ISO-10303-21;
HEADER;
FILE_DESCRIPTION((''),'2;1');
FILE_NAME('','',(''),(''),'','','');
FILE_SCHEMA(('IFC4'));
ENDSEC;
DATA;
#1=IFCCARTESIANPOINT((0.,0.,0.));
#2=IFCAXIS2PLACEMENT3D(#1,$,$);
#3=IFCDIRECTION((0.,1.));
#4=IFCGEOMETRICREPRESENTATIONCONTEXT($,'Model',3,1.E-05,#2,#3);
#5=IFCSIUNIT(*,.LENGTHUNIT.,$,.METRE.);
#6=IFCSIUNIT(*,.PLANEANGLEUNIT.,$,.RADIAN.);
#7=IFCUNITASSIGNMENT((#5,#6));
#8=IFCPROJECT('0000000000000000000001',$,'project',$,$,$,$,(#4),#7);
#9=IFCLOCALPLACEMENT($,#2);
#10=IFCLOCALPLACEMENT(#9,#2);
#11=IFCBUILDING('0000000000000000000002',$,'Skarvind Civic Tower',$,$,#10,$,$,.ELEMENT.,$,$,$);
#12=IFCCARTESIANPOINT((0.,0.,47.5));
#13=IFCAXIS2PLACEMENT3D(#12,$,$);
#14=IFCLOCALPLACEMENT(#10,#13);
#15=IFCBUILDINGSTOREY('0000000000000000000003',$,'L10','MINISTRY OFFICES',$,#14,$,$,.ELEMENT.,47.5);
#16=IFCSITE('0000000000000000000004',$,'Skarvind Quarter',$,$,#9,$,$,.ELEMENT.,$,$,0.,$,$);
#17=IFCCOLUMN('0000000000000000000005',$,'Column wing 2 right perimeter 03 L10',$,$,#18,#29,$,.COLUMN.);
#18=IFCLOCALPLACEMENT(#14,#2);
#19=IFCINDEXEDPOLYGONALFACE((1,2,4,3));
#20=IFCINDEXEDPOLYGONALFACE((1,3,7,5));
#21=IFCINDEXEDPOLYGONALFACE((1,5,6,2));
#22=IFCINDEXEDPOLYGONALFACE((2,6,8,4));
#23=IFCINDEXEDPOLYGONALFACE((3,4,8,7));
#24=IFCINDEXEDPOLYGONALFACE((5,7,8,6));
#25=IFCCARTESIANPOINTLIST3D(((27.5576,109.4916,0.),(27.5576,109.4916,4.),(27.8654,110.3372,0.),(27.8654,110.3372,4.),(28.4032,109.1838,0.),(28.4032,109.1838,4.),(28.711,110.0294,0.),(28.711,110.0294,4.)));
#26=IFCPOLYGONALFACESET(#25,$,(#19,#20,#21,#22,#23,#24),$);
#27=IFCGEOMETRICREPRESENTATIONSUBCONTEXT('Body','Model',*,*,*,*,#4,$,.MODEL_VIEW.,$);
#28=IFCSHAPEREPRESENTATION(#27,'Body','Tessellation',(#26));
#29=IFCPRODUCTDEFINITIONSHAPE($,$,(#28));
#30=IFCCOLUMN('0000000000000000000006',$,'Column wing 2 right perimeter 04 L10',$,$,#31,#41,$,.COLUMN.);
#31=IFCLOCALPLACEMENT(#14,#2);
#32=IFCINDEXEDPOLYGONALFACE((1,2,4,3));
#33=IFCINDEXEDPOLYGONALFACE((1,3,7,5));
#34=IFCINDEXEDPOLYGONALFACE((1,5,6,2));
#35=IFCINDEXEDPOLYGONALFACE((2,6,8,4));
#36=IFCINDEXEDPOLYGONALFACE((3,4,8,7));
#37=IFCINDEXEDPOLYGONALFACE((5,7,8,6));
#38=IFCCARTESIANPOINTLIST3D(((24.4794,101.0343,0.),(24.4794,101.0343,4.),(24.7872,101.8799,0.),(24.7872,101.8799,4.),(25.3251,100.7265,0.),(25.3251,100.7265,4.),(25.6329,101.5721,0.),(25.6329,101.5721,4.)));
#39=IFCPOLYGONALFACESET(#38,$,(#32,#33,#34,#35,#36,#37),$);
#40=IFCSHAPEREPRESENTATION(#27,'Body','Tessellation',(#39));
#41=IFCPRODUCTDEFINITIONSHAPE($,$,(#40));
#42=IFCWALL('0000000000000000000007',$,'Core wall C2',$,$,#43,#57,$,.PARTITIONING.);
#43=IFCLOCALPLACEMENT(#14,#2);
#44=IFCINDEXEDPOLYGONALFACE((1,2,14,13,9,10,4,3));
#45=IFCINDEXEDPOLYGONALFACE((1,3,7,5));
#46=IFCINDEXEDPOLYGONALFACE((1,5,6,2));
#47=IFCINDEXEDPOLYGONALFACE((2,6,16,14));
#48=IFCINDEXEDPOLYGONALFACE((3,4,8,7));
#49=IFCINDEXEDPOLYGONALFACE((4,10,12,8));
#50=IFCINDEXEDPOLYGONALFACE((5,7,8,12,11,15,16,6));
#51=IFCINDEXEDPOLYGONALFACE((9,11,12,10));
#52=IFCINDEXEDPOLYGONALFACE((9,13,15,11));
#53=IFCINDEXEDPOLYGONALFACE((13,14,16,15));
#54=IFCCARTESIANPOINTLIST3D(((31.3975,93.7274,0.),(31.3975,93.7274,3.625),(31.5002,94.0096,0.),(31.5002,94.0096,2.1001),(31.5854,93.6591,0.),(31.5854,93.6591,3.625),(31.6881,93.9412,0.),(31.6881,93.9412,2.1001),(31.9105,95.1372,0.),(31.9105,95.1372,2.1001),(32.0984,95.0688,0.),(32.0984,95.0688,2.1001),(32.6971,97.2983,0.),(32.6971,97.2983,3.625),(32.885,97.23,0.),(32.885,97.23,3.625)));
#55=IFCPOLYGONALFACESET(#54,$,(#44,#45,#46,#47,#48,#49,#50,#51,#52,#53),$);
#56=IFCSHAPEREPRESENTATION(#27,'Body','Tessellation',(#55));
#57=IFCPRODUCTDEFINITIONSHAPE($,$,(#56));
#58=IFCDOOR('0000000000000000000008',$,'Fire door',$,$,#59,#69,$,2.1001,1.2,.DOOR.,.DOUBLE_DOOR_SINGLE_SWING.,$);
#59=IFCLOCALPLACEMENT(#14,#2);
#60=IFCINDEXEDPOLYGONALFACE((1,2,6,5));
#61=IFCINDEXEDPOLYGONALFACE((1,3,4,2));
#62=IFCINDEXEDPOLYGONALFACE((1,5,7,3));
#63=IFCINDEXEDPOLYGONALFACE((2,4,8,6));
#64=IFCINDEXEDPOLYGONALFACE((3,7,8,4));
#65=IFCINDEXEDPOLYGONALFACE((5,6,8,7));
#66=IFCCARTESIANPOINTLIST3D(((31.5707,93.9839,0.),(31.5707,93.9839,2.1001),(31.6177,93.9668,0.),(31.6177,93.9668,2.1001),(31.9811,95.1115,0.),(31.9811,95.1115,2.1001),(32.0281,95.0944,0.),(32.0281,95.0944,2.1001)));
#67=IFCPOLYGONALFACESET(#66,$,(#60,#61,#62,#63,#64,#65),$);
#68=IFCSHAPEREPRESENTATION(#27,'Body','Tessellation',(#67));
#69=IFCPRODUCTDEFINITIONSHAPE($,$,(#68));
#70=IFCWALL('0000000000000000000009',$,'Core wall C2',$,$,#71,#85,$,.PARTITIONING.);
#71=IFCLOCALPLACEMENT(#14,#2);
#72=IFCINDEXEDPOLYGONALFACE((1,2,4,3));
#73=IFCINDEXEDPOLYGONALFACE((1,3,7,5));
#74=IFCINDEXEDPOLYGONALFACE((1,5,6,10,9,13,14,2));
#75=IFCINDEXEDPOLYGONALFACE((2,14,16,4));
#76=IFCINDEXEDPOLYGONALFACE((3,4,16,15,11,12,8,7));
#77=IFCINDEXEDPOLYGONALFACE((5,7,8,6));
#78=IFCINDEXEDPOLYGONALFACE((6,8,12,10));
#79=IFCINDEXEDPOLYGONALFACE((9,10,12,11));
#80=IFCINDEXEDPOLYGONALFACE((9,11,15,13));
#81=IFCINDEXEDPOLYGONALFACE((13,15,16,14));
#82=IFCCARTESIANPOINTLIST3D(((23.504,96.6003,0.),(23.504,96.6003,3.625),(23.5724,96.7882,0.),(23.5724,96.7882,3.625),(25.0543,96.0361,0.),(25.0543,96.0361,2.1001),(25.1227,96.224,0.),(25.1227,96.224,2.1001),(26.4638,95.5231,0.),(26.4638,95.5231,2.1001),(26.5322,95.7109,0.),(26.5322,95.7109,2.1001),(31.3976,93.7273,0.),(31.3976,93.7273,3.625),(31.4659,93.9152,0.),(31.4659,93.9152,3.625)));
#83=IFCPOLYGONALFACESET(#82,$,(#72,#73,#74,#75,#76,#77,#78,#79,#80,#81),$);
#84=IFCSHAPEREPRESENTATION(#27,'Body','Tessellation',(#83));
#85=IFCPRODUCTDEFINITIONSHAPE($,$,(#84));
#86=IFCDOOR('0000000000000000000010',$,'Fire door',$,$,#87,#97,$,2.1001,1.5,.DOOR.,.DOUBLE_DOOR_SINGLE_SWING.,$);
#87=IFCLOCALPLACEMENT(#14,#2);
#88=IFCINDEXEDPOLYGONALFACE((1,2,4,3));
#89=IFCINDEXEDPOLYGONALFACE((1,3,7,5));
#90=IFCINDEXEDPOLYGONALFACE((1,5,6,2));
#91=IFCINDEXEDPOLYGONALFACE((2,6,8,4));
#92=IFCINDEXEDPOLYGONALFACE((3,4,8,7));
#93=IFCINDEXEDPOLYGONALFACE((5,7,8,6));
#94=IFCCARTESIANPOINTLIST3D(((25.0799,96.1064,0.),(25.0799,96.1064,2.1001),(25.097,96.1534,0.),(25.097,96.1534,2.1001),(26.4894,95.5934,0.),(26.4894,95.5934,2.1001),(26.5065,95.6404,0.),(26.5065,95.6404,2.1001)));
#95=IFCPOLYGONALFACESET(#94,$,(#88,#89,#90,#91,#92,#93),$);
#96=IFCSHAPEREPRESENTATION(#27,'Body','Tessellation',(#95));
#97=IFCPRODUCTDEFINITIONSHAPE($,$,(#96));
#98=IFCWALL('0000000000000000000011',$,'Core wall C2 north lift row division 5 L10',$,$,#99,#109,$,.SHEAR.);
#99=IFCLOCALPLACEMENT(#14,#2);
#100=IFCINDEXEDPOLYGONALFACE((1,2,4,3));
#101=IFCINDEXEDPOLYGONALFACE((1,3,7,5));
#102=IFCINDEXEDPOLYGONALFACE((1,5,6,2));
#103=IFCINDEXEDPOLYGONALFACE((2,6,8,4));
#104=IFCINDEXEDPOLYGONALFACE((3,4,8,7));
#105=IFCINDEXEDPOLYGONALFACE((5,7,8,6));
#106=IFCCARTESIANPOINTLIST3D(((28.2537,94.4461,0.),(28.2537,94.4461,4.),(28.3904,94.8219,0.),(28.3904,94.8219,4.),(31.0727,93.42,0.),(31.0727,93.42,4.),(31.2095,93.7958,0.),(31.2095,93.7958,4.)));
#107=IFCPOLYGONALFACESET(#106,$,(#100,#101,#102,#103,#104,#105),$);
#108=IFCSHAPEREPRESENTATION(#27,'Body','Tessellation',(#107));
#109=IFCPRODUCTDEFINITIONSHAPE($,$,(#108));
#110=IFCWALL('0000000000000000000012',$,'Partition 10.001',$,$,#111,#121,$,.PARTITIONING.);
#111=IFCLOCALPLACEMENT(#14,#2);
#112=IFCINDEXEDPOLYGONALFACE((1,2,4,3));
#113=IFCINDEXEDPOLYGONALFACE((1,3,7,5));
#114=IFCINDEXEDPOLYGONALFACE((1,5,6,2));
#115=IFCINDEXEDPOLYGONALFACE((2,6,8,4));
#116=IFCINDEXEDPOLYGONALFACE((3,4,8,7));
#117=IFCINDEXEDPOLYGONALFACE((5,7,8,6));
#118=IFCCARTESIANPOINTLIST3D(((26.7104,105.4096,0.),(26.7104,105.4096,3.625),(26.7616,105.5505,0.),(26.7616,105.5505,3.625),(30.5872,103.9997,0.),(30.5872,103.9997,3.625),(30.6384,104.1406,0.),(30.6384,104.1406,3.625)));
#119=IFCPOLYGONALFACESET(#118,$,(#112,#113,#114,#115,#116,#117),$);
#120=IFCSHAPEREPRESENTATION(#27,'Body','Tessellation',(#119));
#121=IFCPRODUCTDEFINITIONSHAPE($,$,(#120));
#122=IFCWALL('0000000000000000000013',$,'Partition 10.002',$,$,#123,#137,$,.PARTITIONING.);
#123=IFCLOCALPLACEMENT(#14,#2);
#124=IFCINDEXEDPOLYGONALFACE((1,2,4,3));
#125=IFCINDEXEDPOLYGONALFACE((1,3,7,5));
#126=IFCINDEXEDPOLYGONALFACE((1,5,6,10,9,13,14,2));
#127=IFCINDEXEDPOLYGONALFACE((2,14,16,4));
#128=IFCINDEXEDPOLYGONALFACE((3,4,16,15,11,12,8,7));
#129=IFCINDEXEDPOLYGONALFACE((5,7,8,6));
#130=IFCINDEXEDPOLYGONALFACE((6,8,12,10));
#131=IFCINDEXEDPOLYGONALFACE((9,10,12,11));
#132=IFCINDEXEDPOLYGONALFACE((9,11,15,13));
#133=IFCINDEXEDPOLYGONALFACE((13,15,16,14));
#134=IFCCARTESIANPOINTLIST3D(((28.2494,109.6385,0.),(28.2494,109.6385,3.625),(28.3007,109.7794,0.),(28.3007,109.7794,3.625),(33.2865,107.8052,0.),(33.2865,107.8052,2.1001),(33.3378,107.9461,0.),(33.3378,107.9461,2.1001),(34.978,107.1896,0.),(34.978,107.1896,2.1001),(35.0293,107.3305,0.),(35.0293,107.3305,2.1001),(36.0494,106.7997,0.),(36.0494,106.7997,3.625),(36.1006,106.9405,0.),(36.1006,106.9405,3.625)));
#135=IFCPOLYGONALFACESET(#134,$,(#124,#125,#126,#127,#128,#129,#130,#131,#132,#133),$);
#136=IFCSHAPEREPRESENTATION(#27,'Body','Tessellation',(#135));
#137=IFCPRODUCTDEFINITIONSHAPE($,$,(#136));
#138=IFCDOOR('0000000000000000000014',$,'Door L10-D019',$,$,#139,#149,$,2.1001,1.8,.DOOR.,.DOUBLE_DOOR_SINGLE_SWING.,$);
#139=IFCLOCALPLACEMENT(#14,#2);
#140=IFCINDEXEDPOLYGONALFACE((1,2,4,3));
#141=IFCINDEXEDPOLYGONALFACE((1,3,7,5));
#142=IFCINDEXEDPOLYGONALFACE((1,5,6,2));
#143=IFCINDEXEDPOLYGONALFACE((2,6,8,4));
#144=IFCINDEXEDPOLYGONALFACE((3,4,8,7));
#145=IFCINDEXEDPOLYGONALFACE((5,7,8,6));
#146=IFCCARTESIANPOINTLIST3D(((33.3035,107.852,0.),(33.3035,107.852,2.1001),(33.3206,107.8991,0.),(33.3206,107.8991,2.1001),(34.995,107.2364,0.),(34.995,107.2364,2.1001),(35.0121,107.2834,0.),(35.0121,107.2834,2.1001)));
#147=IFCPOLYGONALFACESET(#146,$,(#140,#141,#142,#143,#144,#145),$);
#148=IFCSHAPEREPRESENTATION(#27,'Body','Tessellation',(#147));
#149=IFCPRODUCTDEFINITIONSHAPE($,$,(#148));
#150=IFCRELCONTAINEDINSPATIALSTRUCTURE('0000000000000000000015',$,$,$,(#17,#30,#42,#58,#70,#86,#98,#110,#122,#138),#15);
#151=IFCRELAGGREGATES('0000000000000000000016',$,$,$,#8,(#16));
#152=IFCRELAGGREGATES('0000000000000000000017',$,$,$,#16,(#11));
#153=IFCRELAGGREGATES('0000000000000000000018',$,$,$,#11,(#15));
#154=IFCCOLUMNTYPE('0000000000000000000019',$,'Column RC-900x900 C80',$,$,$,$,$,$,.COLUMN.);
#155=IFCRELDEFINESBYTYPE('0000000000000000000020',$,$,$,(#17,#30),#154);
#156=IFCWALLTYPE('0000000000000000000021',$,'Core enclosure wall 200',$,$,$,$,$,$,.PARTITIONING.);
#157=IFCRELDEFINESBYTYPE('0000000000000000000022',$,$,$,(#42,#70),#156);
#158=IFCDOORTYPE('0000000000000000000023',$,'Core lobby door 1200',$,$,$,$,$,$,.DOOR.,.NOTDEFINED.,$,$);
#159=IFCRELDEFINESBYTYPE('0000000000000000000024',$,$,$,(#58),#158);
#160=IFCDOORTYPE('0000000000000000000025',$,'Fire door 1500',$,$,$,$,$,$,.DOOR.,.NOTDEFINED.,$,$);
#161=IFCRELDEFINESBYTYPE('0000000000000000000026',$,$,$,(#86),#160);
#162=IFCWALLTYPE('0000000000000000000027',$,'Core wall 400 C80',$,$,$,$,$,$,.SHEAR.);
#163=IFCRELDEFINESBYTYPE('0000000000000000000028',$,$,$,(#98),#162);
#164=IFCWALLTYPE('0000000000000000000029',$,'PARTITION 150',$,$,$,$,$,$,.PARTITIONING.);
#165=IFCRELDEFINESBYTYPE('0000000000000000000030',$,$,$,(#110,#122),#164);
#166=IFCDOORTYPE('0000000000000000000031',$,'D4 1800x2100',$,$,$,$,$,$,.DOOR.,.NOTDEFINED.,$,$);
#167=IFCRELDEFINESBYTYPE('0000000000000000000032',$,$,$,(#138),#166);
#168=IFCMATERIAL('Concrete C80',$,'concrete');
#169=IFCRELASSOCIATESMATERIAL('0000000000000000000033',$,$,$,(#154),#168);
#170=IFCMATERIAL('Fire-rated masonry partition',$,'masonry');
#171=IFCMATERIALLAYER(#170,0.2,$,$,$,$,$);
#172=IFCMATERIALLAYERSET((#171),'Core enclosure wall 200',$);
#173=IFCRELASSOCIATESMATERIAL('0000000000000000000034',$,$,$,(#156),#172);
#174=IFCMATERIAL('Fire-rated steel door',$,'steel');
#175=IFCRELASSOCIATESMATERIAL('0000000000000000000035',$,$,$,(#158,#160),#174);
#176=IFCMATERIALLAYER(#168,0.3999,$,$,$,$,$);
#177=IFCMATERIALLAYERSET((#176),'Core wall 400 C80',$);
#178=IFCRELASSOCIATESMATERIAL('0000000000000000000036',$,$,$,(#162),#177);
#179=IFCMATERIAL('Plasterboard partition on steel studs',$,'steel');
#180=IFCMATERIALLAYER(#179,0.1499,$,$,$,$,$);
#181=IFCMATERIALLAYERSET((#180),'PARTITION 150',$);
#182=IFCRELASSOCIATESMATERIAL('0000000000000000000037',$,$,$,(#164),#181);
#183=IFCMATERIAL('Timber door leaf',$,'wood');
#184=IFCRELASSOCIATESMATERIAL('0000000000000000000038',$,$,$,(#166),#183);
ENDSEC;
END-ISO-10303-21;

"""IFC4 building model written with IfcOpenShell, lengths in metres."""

from ifc_helpers import new_model, si_unit, direction, frame, frame_2d, origin, origin_2d, place, context, subcontext, project, spatial, rectangle, extrude, material, layer, layer_set, material_profile, profile_set, type_object, element, fill, save


model = new_model("IFC4")

# Units and contexts
model_context = context("Model", 3, precision=1e-05, world=origin(), true_north=direction((0.0, 1.0)))
body_context = subcontext(model_context, "Body", "Model", "MODEL_VIEW")
ifc_project = project(units=[si_unit("LENGTHUNIT", "METRE"), si_unit("PLANEANGLEUNIT", "RADIAN")], contexts=[model_context])

# Site, building, storey
site_placement = place(None, origin())
site = spatial("IfcSite", under=ifc_project, at=site_placement, Name="Skarvind Quarter", CompositionType="ELEMENT", RefElevation=0.0)
building_placement = place(site_placement, origin())
building = spatial("IfcBuilding", under=site, at=building_placement, Name="Skarvind Civic Tower", CompositionType="ELEMENT")
storey_placement = place(building_placement, frame((0.0, 0.0, 47.5)))
storey = spatial("IfcBuildingStorey", under=building, at=storey_placement, Name="L10", Description="MINISTRY OFFICES", CompositionType="ELEMENT", Elevation=47.5)

# Columns
ifc_material_1 = material(Name="Concrete C80", Category="concrete")
ifc_material_profile = material_profile(ifc_material_1, rectangle(XDim=0.8999, YDim=0.8999, at=origin_2d()), Name="RC-900x900")
ifc_profile_set = profile_set([ifc_material_profile], Name="Concrete C80")
column_type = type_object("IfcColumnType", Name="Column RC-900x900 C80", PredefinedType="COLUMN", material=ifc_profile_set)
for number, where, z_axis, x_axis, name in (
    (1, (28.1343, 109.7605, 0.0), (0.0, 0.0, 1.0), (-0.34202, -0.939693, 0.0), "Column wing 2 right perimeter 03 L10"),
    (2, (25.0562, 101.3032, 0.0), (0.0, 0.0, 1.0), (-0.34202, -0.939693, 0.0), "Column wing 2 right perimeter 04 L10"),
):
    element("IfcColumn", number, at=place(storey_placement, frame(where, z_axis=z_axis, x_axis=x_axis)), inside=storey, type_object=column_type, Name=name, PredefinedType="COLUMN", context=body_context, shape_type="SweptSolid", body=[
        extrude(rectangle(XDim=0.8999, YDim=0.8999, at=origin_2d()), origin(), (0.0, 0.0, 1.0), 4.0),
    ])

# Walls, openings, doors
ifc_material_2 = material(Name="Fire-rated masonry partition", Category="masonry")
ifc_layer_1 = layer(ifc_material_2, 0.2)
ifc_layer_set_1 = layer_set([ifc_layer_1], Name="Core enclosure wall 200")
wall_type_1 = type_object("IfcWallType", Name="Core enclosure wall 200", PredefinedType="PARTITIONING", material=ifc_layer_set_1)
wall_1_placement = place(storey_placement, frame((31.4915, 93.6934, 0.0), z_axis=(0.0, 0.0, 1.0), x_axis=(0.341996, 0.939701, 0.0)))
wall_1 = element("IfcWall", 3, at=wall_1_placement, inside=storey, type_object=wall_type_1, Name="Core wall C2", PredefinedType="PARTITIONING", context=body_context, shape_type="SweptSolid", body=[
    extrude(rectangle(XDim=3.8, YDim=0.2, at=frame_2d((1.8999, 0.0))), origin(), (0.0, 0.0, 1.0), 3.625),
])
opening_1_placement = place(wall_1_placement, frame((0.3, 0.0, 0.0)))
opening_1 = element("IfcOpeningElement", 4, at=opening_1_placement, cuts=wall_1, PredefinedType="OPENING", context=body_context, shape_type="SweptSolid", body=[
    extrude(rectangle(XDim=1.2, YDim=2.1001, at=frame_2d((0.6001, 1.05))), frame((0.0, 0.1099, 0.0), z_axis=(0.0, -1.0, 0.0), x_axis=(1.0, 0.0, 0.0)), (0.0, 0.0, 1.0), 0.22),
])
ifc_material_3 = material(Name="Fire-rated steel door", Category="steel")
door_type_1 = type_object("IfcDoorType", Name="Core lobby door 1200", OperationType="NOTDEFINED", PredefinedType="DOOR", material=ifc_material_3)
door_1_placement = place(opening_1_placement, origin())
door_1 = element("IfcDoor", 5, at=door_1_placement, inside=storey, type_object=door_type_1, Name="Fire door", OperationType="DOUBLE_DOOR_SINGLE_SWING", OverallHeight=2.1001, OverallWidth=1.2, PredefinedType="DOOR", context=body_context, shape_type="SweptSolid", body=[
    extrude(rectangle(XDim=1.2, YDim=2.1001, at=frame_2d((0.6001, 1.05))), frame((0.0, 0.0249, 0.0), z_axis=(0.0, -1.0, 0.0), x_axis=(1.0, 0.0, 0.0)), (0.0, 0.0, 1.0), 0.05),
])
fill(opening_1, door_1)
wall_2_placement = place(storey_placement, frame((23.5381, 96.6943, 0.0), z_axis=(0.0, 0.0, 1.0), x_axis=(0.939692, -0.342023, 0.0)))
wall_2 = element("IfcWall", 6, at=wall_2_placement, inside=storey, type_object=wall_type_1, Name="Core wall C2", PredefinedType="PARTITIONING", context=body_context, shape_type="SweptSolid", body=[
    extrude(rectangle(XDim=8.4001, YDim=0.2, at=frame_2d((4.2002, 0.0))), origin(), (0.0, 0.0, 1.0), 3.625),
])
opening_2_placement = place(wall_2_placement, frame((1.6499, 0.0, 0.0)))
opening_2 = element("IfcOpeningElement", 7, at=opening_2_placement, cuts=wall_2, PredefinedType="OPENING", context=body_context, shape_type="SweptSolid", body=[
    extrude(rectangle(XDim=1.5, YDim=2.1001, at=frame_2d((0.75, 1.05))), frame((0.0, 0.1099, 0.0), z_axis=(0.0, -1.0, 0.0), x_axis=(1.0, 0.0, 0.0)), (0.0, 0.0, 1.0), 0.22),
])
door_type_2 = type_object("IfcDoorType", Name="Fire door 1500", OperationType="NOTDEFINED", PredefinedType="DOOR", material=ifc_material_3)
door_2_placement = place(opening_2_placement, origin())
door_2 = element("IfcDoor", 8, at=door_2_placement, inside=storey, type_object=door_type_2, Name="Fire door", OperationType="DOUBLE_DOOR_SINGLE_SWING", OverallHeight=2.1001, OverallWidth=1.5, PredefinedType="DOOR", context=body_context, shape_type="SweptSolid", body=[
    extrude(rectangle(XDim=1.5, YDim=2.1001, at=frame_2d((0.75, 1.05))), frame((0.0, 0.0249, 0.0), z_axis=(0.0, -1.0, 0.0), x_axis=(1.0, 0.0, 0.0)), (0.0, 0.0, 1.0), 0.05),
])
fill(opening_2, door_2)

# Walls
ifc_layer_2 = layer(ifc_material_1, 0.3999)
ifc_layer_set_2 = layer_set([ifc_layer_2], Name="Core wall 400 C80")
wall_type_2 = type_object("IfcWallType", Name="Core wall 400 C80", PredefinedType="SHEAR", material=ifc_layer_set_2)
wall_3_placement = place(storey_placement, frame((31.1411, 93.6079, 0.0), z_axis=(0.0, 0.0, 1.0), x_axis=(-0.939686, 0.342037, 0.0)))
element("IfcWall", 9, at=wall_3_placement, inside=storey, type_object=wall_type_2, Name="Core wall C2 north lift row division 5 L10", PredefinedType="SHEAR", context=body_context, shape_type="SweptSolid", body=[
    extrude(rectangle(XDim=3.0, YDim=0.3999, at=frame_2d((1.5, 0.0))), origin(), (0.0, 0.0, 1.0), 4.0),
])
ifc_material_4 = material(Name="Plasterboard partition on steel studs", Category="steel")
ifc_layer_3 = layer(ifc_material_4, 0.1499)
ifc_layer_set_3 = layer_set([ifc_layer_3], Name="PARTITION 150")
wall_type_3 = type_object("IfcWallType", Name="PARTITION 150", PredefinedType="PARTITIONING", material=ifc_layer_set_3)
wall_4_placement = place(storey_placement, frame((26.7361, 105.48, 0.0), z_axis=(0.0, 0.0, 1.0), x_axis=(0.939785, -0.341767, 0.0)))
element("IfcWall", 10, at=wall_4_placement, inside=storey, type_object=wall_type_3, Name="Partition 10.001", PredefinedType="PARTITIONING", context=body_context, shape_type="SweptSolid", body=[
    extrude(rectangle(XDim=4.1252, YDim=0.1499, at=frame_2d((2.0625, 0.0))), origin(), (0.0, 0.0, 1.0), 3.625),
])

# Wall, opening, door
wall_5_placement = place(storey_placement, frame((28.2749, 109.709, 0.0), z_axis=(0.0, 0.0, 1.0), x_axis=(0.939697, -0.342008, 0.0)))
wall_5 = element("IfcWall", 11, at=wall_5_placement, inside=storey, type_object=wall_type_3, Name="Partition 10.002", PredefinedType="PARTITIONING", context=body_context, shape_type="SweptSolid", body=[
    extrude(rectangle(XDim=8.3005, YDim=0.1499, at=frame_2d((4.1504, 0.0))), origin(), (0.0, 0.0, 1.0), 3.625),
])
opening_3_placement = place(wall_5_placement, frame((5.3606, 0.0, 0.0)))
opening_3 = element("IfcOpeningElement", 12, at=opening_3_placement, cuts=wall_5, PredefinedType="OPENING", context=body_context, shape_type="SweptSolid", body=[
    extrude(rectangle(XDim=1.8, YDim=2.1001, at=frame_2d((0.8999, 1.05))), frame((0.0, 0.085, 0.0), z_axis=(0.0, -1.0, 0.0), x_axis=(1.0, 0.0, 0.0)), (0.0, 0.0, 1.0), 0.1699),
])
ifc_material_5 = material(Name="Timber door leaf", Category="wood")
door_type_3 = type_object("IfcDoorType", Name="D4 1800x2100", OperationType="NOTDEFINED", PredefinedType="DOOR", material=ifc_material_5)
door_3_placement = place(opening_3_placement, origin())
door_3 = element("IfcDoor", 13, at=door_3_placement, inside=storey, type_object=door_type_3, Name="Door L10-D019", OperationType="DOUBLE_DOOR_SINGLE_SWING", OverallHeight=2.1001, OverallWidth=1.8, PredefinedType="DOOR", context=body_context, shape_type="SweptSolid", body=[
    extrude(rectangle(XDim=1.8, YDim=2.1001, at=frame_2d((0.8999, 1.05))), frame((0.0, 0.0249, 0.0), z_axis=(0.0, -1.0, 0.0), x_axis=(1.0, 0.0, 0.0)), (0.0, 0.0, 1.0), 0.05),
])
fill(opening_3, door_3)

save(model, "model.ifc")
